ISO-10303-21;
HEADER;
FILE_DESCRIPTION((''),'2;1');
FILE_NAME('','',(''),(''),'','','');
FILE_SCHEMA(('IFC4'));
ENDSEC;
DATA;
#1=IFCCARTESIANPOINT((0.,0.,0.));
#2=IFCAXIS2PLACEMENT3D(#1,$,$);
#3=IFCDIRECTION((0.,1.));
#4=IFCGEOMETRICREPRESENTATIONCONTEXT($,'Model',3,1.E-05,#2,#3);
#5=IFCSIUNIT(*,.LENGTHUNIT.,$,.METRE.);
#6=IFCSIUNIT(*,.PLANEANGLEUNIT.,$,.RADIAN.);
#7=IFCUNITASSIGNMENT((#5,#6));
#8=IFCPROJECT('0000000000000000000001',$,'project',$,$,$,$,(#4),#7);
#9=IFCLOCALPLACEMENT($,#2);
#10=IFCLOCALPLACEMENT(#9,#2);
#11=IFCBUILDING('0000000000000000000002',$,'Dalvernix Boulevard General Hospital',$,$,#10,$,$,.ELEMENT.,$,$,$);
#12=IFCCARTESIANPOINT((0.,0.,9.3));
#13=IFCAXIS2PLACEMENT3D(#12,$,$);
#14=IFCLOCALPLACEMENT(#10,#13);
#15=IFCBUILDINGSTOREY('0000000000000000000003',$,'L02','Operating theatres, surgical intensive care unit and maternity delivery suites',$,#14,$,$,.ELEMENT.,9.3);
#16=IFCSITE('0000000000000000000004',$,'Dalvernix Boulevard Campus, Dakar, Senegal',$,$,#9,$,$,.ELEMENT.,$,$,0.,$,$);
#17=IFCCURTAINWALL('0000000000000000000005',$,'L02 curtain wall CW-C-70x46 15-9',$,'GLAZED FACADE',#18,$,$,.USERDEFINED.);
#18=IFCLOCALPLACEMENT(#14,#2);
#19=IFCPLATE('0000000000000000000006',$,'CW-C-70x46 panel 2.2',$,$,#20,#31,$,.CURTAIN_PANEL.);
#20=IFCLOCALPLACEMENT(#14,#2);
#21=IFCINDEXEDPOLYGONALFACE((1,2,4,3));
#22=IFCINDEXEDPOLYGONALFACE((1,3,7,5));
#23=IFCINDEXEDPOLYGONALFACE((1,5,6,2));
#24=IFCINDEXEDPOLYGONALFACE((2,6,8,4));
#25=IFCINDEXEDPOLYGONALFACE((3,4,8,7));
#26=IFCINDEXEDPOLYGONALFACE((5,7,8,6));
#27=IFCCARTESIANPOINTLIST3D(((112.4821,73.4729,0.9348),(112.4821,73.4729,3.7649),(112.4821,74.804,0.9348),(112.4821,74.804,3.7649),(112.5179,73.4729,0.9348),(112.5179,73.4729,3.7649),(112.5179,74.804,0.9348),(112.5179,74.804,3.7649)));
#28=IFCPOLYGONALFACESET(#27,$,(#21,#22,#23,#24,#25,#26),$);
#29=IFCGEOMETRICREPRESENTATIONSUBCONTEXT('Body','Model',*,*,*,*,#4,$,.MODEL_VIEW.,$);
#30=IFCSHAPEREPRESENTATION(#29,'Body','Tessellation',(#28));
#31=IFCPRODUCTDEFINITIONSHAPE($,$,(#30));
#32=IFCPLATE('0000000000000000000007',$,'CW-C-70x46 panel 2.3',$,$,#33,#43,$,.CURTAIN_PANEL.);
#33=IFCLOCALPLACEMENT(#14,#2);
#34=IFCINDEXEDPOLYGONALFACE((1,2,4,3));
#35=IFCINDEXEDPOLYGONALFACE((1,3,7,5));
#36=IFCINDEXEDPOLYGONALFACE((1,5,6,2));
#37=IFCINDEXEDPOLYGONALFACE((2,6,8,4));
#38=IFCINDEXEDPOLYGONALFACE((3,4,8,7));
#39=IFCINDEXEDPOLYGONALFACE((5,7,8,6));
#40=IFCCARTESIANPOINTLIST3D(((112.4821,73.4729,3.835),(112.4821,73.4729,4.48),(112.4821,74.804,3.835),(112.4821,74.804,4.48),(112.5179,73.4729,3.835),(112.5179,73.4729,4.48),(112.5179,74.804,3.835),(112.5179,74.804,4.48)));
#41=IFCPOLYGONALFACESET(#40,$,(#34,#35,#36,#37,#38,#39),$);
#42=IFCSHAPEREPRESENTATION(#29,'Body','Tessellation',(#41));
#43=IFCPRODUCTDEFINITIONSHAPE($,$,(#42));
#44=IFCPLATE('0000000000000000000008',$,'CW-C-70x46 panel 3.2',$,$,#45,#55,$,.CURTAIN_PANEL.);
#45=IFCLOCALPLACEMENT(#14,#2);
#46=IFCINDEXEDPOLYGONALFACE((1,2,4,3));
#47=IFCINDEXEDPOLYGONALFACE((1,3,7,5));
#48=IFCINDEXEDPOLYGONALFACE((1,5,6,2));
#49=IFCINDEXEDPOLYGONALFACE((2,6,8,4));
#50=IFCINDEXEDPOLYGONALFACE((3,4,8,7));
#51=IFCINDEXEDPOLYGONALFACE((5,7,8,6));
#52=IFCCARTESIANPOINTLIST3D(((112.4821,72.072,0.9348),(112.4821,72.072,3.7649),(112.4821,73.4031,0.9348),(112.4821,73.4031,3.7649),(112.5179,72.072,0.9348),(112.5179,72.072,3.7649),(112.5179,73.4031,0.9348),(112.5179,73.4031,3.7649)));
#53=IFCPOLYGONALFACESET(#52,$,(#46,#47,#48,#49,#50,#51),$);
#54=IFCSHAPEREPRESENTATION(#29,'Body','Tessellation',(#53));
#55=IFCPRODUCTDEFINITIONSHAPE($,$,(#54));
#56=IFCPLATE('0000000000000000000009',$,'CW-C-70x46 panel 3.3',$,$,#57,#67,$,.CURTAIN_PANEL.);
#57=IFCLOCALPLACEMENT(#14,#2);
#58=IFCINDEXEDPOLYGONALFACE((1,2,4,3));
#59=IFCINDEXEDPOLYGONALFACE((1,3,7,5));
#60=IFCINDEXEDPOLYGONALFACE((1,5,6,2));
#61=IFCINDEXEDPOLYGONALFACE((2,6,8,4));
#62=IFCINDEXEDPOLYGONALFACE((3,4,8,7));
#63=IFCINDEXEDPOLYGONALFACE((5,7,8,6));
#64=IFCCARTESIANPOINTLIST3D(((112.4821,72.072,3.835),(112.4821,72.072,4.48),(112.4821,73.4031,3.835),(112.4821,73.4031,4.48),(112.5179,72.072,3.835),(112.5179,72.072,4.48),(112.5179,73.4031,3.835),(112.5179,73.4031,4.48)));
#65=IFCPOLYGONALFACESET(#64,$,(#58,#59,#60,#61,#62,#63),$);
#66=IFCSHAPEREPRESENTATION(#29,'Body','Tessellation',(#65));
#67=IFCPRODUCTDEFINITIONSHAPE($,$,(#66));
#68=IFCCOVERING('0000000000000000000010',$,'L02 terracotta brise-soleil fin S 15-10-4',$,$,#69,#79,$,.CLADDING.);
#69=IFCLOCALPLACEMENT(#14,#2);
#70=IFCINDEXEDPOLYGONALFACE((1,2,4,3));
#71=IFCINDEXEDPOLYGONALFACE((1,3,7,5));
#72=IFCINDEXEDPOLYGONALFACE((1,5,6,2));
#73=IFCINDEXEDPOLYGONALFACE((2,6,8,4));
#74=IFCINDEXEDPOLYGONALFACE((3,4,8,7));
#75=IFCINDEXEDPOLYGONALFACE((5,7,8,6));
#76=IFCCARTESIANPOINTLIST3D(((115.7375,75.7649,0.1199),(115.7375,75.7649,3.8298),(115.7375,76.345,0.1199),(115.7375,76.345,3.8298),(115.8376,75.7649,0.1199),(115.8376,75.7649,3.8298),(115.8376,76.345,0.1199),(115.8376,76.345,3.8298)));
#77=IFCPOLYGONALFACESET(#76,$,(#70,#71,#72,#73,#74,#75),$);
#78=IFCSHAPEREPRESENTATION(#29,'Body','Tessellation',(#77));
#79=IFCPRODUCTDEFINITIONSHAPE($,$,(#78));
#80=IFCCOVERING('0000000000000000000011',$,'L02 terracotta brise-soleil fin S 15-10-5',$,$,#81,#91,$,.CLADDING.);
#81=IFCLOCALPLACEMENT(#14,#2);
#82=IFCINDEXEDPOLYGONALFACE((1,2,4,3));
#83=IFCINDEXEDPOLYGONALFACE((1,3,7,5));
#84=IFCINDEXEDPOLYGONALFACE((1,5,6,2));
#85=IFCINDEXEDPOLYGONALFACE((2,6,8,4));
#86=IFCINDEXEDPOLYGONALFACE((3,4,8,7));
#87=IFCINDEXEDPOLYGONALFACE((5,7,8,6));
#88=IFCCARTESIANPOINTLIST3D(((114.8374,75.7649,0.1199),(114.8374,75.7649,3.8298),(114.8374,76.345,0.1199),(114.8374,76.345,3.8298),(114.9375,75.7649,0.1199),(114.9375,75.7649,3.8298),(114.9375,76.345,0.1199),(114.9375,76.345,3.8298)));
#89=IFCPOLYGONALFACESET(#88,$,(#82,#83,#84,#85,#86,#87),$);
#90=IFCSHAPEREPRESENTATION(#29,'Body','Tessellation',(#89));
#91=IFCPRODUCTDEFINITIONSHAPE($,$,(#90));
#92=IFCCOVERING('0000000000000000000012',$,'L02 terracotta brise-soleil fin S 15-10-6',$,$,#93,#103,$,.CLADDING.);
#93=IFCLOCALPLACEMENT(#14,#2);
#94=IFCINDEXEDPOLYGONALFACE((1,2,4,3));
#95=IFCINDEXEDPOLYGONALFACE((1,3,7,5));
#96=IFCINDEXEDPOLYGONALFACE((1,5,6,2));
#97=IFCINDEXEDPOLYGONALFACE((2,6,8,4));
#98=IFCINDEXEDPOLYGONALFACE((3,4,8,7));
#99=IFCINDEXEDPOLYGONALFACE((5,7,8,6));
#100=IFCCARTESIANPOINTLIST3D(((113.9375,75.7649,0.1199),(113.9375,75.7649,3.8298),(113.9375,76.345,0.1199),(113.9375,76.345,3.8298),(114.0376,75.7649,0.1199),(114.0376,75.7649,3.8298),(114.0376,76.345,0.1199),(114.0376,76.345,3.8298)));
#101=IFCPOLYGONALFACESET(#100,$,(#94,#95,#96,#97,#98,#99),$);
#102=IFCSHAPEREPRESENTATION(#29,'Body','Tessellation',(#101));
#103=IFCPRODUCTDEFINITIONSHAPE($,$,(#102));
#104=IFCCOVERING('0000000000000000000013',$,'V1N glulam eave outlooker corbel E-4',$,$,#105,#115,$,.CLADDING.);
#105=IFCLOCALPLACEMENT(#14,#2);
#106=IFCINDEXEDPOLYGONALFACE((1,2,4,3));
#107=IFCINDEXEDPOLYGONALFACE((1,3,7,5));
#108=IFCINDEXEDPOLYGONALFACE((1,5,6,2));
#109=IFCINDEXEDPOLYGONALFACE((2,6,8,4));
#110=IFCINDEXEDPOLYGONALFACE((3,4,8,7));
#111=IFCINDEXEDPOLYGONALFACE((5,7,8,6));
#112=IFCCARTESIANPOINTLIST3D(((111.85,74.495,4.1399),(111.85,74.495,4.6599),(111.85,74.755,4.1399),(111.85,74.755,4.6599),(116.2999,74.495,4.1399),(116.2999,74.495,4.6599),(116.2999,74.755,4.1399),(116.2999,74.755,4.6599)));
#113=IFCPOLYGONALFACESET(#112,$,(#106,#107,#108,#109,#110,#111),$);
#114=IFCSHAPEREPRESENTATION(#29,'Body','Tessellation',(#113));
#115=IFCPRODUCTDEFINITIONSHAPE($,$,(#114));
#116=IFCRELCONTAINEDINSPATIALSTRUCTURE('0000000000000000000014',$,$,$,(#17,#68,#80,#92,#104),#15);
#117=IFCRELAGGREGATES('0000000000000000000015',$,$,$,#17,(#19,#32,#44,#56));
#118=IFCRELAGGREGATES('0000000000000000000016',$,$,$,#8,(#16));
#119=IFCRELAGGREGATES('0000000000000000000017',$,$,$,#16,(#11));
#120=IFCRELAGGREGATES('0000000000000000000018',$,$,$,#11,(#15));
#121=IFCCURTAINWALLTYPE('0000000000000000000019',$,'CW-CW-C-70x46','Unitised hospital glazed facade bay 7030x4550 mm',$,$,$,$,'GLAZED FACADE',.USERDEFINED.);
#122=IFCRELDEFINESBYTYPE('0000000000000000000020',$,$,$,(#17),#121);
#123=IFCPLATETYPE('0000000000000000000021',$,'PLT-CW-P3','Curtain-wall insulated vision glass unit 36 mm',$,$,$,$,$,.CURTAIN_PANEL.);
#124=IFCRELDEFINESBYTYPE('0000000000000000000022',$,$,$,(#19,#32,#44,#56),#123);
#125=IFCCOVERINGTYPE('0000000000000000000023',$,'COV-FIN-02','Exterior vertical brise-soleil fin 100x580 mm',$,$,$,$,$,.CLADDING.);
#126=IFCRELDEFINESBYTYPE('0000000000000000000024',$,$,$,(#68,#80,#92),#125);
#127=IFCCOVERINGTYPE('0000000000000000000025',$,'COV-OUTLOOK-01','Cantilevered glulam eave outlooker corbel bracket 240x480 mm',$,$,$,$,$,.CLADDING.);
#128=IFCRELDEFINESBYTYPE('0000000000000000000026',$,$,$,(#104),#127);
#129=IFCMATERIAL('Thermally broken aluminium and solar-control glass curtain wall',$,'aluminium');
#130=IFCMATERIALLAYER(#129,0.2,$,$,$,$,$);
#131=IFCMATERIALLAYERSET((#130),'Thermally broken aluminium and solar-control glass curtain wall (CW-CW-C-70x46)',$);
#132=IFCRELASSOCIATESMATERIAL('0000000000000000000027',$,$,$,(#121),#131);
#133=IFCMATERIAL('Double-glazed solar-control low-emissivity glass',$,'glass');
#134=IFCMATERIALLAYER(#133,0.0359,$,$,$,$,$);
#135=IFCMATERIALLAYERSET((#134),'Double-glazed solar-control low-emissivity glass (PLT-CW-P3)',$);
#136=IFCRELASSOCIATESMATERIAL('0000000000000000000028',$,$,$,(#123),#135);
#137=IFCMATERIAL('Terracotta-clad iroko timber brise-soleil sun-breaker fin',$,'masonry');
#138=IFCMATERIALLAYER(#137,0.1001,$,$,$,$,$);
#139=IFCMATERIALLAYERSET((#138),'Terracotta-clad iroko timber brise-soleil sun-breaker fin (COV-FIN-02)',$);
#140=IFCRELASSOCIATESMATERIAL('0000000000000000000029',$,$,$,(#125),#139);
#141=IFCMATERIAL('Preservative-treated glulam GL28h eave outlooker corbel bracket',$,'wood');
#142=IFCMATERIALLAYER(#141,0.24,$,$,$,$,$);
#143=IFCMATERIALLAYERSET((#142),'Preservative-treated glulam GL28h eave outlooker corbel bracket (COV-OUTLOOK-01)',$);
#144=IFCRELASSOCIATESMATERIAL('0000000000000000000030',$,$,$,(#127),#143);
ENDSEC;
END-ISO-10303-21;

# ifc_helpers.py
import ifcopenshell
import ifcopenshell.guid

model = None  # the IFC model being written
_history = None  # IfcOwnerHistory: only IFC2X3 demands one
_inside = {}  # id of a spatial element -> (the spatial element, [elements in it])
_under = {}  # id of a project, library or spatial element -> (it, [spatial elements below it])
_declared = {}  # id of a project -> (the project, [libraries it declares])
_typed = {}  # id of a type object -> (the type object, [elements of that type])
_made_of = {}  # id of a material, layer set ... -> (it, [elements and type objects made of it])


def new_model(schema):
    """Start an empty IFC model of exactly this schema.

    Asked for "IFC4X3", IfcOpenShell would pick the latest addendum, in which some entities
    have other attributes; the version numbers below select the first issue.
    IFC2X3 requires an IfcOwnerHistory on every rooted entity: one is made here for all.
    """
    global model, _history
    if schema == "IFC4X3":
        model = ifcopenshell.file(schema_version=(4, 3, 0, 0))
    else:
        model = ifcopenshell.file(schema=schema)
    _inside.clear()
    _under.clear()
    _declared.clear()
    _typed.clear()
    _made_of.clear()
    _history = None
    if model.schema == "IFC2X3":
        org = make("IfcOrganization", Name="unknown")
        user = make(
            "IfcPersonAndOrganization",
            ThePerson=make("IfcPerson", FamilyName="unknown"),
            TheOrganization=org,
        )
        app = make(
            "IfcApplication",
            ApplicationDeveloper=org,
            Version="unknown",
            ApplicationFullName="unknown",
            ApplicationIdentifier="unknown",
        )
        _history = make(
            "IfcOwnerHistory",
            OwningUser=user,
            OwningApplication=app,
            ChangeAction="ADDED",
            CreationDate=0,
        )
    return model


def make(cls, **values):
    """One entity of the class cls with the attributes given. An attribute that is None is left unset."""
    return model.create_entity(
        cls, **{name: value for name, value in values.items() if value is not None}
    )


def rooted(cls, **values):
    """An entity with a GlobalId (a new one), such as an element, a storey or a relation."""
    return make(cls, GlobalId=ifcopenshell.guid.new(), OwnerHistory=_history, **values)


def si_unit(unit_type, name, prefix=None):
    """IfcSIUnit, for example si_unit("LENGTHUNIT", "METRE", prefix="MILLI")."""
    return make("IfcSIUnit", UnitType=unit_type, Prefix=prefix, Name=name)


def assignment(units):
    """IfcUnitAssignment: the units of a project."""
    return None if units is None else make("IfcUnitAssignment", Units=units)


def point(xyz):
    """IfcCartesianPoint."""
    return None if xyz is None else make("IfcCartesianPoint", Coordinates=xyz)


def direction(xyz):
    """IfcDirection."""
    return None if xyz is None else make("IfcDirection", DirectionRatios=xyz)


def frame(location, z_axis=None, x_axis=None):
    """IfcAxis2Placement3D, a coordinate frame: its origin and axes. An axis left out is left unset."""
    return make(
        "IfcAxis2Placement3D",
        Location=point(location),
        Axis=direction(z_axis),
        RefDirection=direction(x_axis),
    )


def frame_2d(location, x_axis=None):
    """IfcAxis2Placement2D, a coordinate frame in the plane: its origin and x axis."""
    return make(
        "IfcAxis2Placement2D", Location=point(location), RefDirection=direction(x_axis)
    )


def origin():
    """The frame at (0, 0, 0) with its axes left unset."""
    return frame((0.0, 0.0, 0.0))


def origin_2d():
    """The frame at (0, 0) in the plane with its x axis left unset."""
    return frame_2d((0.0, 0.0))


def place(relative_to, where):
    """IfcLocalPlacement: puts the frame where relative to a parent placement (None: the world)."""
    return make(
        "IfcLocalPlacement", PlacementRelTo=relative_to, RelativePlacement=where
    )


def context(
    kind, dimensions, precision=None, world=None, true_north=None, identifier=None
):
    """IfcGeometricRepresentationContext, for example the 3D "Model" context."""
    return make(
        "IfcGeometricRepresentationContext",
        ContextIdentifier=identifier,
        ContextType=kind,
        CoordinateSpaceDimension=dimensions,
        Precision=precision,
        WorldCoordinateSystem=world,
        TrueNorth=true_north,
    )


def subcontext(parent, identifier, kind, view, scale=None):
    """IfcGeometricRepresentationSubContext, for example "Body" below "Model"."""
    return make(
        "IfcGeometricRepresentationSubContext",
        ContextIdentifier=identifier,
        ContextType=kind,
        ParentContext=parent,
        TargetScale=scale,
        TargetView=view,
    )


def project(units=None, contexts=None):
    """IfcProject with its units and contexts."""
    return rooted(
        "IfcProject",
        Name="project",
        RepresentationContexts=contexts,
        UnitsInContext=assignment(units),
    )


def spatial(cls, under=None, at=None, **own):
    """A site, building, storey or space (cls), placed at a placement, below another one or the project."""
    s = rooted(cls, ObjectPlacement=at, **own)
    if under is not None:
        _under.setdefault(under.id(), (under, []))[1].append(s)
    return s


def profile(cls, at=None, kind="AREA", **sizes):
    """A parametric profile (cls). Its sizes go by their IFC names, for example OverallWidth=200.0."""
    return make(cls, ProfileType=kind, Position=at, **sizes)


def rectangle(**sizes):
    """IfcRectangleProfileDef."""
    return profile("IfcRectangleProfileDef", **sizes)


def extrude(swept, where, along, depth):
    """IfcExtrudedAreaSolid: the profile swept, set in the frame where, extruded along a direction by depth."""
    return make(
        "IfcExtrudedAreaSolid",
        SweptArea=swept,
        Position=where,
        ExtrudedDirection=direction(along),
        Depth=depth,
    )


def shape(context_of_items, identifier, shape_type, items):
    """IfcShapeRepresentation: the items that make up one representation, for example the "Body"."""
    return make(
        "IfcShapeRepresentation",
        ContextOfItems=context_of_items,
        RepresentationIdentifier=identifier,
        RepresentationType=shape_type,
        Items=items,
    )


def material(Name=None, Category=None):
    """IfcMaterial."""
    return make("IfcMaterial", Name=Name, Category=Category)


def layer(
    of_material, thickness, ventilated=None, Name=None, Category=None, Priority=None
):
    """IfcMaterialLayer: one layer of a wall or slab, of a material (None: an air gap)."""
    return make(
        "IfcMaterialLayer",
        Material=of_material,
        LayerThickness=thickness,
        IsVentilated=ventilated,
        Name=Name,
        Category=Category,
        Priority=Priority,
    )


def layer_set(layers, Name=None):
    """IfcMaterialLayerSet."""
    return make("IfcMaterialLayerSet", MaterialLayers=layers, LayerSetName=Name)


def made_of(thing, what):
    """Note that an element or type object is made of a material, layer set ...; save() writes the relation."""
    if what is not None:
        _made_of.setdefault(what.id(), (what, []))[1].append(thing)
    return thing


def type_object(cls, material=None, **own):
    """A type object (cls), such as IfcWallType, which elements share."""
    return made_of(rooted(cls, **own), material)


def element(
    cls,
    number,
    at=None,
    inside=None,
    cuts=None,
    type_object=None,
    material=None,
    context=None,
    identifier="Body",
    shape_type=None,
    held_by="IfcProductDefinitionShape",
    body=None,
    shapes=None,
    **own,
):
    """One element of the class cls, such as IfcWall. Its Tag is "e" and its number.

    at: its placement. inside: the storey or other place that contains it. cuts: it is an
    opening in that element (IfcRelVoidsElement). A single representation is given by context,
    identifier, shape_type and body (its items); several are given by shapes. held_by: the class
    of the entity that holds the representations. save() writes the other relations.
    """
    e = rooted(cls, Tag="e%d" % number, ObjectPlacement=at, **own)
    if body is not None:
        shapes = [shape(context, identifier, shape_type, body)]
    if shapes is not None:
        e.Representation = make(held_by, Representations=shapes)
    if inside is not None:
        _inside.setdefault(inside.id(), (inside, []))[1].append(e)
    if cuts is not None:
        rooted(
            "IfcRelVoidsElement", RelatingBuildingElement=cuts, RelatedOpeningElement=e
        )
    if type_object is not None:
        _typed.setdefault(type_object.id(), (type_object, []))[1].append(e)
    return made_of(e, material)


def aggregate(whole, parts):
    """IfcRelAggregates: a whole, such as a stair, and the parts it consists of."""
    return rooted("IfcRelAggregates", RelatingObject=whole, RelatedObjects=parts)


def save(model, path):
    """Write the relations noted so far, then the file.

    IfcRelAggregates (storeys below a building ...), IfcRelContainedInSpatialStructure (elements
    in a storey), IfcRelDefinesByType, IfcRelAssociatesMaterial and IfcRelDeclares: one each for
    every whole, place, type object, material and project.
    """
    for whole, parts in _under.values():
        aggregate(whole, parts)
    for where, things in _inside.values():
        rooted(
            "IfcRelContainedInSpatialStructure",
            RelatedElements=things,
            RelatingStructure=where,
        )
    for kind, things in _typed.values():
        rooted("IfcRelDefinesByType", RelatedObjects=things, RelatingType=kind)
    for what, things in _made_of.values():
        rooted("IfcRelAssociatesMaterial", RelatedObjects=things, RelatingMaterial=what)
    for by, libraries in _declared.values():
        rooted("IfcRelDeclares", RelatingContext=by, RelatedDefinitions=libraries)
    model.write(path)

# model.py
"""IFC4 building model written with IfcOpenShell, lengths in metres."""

from ifc_helpers import new_model, si_unit, direction, frame, origin, origin_2d, place, context, subcontext, project, spatial, rectangle, extrude, material, layer, layer_set, type_object, element, aggregate, save


model = new_model("IFC4")

# Units and contexts
model_context = context("Model", 3, precision=1e-05, world=origin(), true_north=direction((0.0, 1.0)))
body_context = subcontext(model_context, "Body", "Model", "MODEL_VIEW")
ifc_project = project(units=[si_unit("LENGTHUNIT", "METRE"), si_unit("PLANEANGLEUNIT", "RADIAN")], contexts=[model_context])

# Site, building, storey
site_placement = place(None, origin())
site = spatial("IfcSite", under=ifc_project, at=site_placement, Name="Dalvernix Boulevard Campus, Dakar, Senegal", CompositionType="ELEMENT", RefElevation=0.0)
building_placement = place(site_placement, origin())
building = spatial("IfcBuilding", under=site, at=building_placement, Name="Dalvernix Boulevard General Hospital", CompositionType="ELEMENT")
storey_placement = place(building_placement, frame((0.0, 0.0, 9.3)))
storey = spatial("IfcBuildingStorey", under=building, at=storey_placement, Name="L02", Description="Operating theatres, surgical intensive care unit and maternity delivery suites", CompositionType="ELEMENT", Elevation=9.3)

# Curtain wall, plates
ifc_material_1 = material(Name="Thermally broken aluminium and solar-control glass curtain wall", Category="aluminium")
ifc_layer_1 = layer(ifc_material_1, 0.2)
ifc_layer_set_1 = layer_set([ifc_layer_1], Name="Thermally broken aluminium and solar-control glass curtain wall (CW-CW-C-70x46)")
curtain_wall_type = type_object("IfcCurtainWallType", Name="CW-CW-C-70x46", Description="Unitised hospital glazed facade bay 7030x4550 mm", ElementType="GLAZED FACADE", PredefinedType="USERDEFINED", material=ifc_layer_set_1)
curtain_wall_placement = place(storey_placement, origin())
curtain_wall = element("IfcCurtainWall", 1, at=curtain_wall_placement, inside=storey, type_object=curtain_wall_type, Name="L02 curtain wall CW-C-70x46 15-9", ObjectType="GLAZED FACADE", PredefinedType="USERDEFINED")
ifc_material_2 = material(Name="Double-glazed solar-control low-emissivity glass", Category="glass")
ifc_layer_2 = layer(ifc_material_2, 0.0359)
ifc_layer_set_2 = layer_set([ifc_layer_2], Name="Double-glazed solar-control low-emissivity glass (PLT-CW-P3)")
plate_type = type_object("IfcPlateType", Name="PLT-CW-P3", Description="Curtain-wall insulated vision glass unit 36 mm", PredefinedType="CURTAIN_PANEL", material=ifc_layer_set_2)
plate_1_placement = place(storey_placement, frame((112.5, 74.1384, 0.9348), z_axis=(0.0, 0.0, 1.0), x_axis=(0.0, -1.0, 0.0)))
plate_1 = element("IfcPlate", 2, at=plate_1_placement, type_object=plate_type, Name="CW-C-70x46 panel 2.2", PredefinedType="CURTAIN_PANEL", context=body_context, shape_type="SweptSolid", body=[
    extrude(rectangle(XDim=1.3311, YDim=0.0359, at=origin_2d()), origin(), (0.0, 0.0, 1.0), 2.8301),
])
plate_2_placement = place(storey_placement, frame((112.5, 74.1384, 3.835), z_axis=(0.0, 0.0, 1.0), x_axis=(0.0, -1.0, 0.0)))
plate_2 = element("IfcPlate", 3, at=plate_2_placement, type_object=plate_type, Name="CW-C-70x46 panel 2.3", PredefinedType="CURTAIN_PANEL", context=body_context, shape_type="SweptSolid", body=[
    extrude(rectangle(XDim=1.3311, YDim=0.0359, at=origin_2d()), origin(), (0.0, 0.0, 1.0), 0.645),
])
plate_3_placement = place(storey_placement, frame((112.5, 72.7375, 0.9348), z_axis=(0.0, 0.0, 1.0), x_axis=(0.0, -1.0, 0.0)))
plate_3 = element("IfcPlate", 4, at=plate_3_placement, type_object=plate_type, Name="CW-C-70x46 panel 3.2", PredefinedType="CURTAIN_PANEL", context=body_context, shape_type="SweptSolid", body=[
    extrude(rectangle(XDim=1.3311, YDim=0.0359, at=origin_2d()), origin(), (0.0, 0.0, 1.0), 2.8301),
])
plate_4_placement = place(storey_placement, frame((112.5, 72.7375, 3.835), z_axis=(0.0, 0.0, 1.0), x_axis=(0.0, -1.0, 0.0)))
plate_4 = element("IfcPlate", 5, at=plate_4_placement, type_object=plate_type, Name="CW-C-70x46 panel 3.3", PredefinedType="CURTAIN_PANEL", context=body_context, shape_type="SweptSolid", body=[
    extrude(rectangle(XDim=1.3311, YDim=0.0359, at=origin_2d()), origin(), (0.0, 0.0, 1.0), 0.645),
])
aggregate(curtain_wall, [plate_1, plate_2, plate_3, plate_4])

# Coverings
ifc_material_3 = material(Name="Terracotta-clad iroko timber brise-soleil sun-breaker fin", Category="masonry")
ifc_layer_3 = layer(ifc_material_3, 0.1001)
ifc_layer_set_3 = layer_set([ifc_layer_3], Name="Terracotta-clad iroko timber brise-soleil sun-breaker fin (COV-FIN-02)")
covering_type_1 = type_object("IfcCoveringType", Name="COV-FIN-02", Description="Exterior vertical brise-soleil fin 100x580 mm", PredefinedType="CLADDING", material=ifc_layer_set_3)
for number, where, z_axis, x_axis, name in (
    (6, (115.7876, 76.0549, 0.1199), (0.0, 0.0, 1.0), (-1.0, 0.0, 0.0), "L02 terracotta brise-soleil fin S 15-10-4"),
    (7, (114.8875, 76.0549, 0.1199), (0.0, 0.0, 1.0), (-1.0, 0.0, 0.0), "L02 terracotta brise-soleil fin S 15-10-5"),
    (8, (113.9875, 76.0549, 0.1199), (0.0, 0.0, 1.0), (-1.0, 0.0, 0.0), "L02 terracotta brise-soleil fin S 15-10-6"),
):
    element("IfcCovering", number, at=place(storey_placement, frame(where, z_axis=z_axis, x_axis=x_axis)), inside=storey, type_object=covering_type_1, Name=name, PredefinedType="CLADDING", context=body_context, shape_type="SweptSolid", body=[
        extrude(rectangle(XDim=0.1001, YDim=0.5801, at=origin_2d()), origin(), (0.0, 0.0, 1.0), 3.71),
    ])
ifc_material_4 = material(Name="Preservative-treated glulam GL28h eave outlooker corbel bracket", Category="wood")
ifc_layer_4 = layer(ifc_material_4, 0.24)
ifc_layer_set_4 = layer_set([ifc_layer_4], Name="Preservative-treated glulam GL28h eave outlooker corbel bracket (COV-OUTLOOK-01)")
covering_type_2 = type_object("IfcCoveringType", Name="COV-OUTLOOK-01", Description="Cantilevered glulam eave outlooker corbel bracket 240x480 mm", PredefinedType="CLADDING", material=ifc_layer_set_4)
covering_placement = place(storey_placement, frame((114.075, 74.625, 4.1399), z_axis=(0.0, 0.0, 1.0), x_axis=(1.0, 0.0, 0.0)))
element("IfcCovering", 9, at=covering_placement, inside=storey, type_object=covering_type_2, Name="V1N glulam eave outlooker corbel E-4", PredefinedType="CLADDING", context=body_context, shape_type="SweptSolid", body=[
    extrude(rectangle(XDim=4.45, YDim=0.26, at=origin_2d()), origin(), (0.0, 0.0, 1.0), 0.52),
])

save(model, "model.ifc")
